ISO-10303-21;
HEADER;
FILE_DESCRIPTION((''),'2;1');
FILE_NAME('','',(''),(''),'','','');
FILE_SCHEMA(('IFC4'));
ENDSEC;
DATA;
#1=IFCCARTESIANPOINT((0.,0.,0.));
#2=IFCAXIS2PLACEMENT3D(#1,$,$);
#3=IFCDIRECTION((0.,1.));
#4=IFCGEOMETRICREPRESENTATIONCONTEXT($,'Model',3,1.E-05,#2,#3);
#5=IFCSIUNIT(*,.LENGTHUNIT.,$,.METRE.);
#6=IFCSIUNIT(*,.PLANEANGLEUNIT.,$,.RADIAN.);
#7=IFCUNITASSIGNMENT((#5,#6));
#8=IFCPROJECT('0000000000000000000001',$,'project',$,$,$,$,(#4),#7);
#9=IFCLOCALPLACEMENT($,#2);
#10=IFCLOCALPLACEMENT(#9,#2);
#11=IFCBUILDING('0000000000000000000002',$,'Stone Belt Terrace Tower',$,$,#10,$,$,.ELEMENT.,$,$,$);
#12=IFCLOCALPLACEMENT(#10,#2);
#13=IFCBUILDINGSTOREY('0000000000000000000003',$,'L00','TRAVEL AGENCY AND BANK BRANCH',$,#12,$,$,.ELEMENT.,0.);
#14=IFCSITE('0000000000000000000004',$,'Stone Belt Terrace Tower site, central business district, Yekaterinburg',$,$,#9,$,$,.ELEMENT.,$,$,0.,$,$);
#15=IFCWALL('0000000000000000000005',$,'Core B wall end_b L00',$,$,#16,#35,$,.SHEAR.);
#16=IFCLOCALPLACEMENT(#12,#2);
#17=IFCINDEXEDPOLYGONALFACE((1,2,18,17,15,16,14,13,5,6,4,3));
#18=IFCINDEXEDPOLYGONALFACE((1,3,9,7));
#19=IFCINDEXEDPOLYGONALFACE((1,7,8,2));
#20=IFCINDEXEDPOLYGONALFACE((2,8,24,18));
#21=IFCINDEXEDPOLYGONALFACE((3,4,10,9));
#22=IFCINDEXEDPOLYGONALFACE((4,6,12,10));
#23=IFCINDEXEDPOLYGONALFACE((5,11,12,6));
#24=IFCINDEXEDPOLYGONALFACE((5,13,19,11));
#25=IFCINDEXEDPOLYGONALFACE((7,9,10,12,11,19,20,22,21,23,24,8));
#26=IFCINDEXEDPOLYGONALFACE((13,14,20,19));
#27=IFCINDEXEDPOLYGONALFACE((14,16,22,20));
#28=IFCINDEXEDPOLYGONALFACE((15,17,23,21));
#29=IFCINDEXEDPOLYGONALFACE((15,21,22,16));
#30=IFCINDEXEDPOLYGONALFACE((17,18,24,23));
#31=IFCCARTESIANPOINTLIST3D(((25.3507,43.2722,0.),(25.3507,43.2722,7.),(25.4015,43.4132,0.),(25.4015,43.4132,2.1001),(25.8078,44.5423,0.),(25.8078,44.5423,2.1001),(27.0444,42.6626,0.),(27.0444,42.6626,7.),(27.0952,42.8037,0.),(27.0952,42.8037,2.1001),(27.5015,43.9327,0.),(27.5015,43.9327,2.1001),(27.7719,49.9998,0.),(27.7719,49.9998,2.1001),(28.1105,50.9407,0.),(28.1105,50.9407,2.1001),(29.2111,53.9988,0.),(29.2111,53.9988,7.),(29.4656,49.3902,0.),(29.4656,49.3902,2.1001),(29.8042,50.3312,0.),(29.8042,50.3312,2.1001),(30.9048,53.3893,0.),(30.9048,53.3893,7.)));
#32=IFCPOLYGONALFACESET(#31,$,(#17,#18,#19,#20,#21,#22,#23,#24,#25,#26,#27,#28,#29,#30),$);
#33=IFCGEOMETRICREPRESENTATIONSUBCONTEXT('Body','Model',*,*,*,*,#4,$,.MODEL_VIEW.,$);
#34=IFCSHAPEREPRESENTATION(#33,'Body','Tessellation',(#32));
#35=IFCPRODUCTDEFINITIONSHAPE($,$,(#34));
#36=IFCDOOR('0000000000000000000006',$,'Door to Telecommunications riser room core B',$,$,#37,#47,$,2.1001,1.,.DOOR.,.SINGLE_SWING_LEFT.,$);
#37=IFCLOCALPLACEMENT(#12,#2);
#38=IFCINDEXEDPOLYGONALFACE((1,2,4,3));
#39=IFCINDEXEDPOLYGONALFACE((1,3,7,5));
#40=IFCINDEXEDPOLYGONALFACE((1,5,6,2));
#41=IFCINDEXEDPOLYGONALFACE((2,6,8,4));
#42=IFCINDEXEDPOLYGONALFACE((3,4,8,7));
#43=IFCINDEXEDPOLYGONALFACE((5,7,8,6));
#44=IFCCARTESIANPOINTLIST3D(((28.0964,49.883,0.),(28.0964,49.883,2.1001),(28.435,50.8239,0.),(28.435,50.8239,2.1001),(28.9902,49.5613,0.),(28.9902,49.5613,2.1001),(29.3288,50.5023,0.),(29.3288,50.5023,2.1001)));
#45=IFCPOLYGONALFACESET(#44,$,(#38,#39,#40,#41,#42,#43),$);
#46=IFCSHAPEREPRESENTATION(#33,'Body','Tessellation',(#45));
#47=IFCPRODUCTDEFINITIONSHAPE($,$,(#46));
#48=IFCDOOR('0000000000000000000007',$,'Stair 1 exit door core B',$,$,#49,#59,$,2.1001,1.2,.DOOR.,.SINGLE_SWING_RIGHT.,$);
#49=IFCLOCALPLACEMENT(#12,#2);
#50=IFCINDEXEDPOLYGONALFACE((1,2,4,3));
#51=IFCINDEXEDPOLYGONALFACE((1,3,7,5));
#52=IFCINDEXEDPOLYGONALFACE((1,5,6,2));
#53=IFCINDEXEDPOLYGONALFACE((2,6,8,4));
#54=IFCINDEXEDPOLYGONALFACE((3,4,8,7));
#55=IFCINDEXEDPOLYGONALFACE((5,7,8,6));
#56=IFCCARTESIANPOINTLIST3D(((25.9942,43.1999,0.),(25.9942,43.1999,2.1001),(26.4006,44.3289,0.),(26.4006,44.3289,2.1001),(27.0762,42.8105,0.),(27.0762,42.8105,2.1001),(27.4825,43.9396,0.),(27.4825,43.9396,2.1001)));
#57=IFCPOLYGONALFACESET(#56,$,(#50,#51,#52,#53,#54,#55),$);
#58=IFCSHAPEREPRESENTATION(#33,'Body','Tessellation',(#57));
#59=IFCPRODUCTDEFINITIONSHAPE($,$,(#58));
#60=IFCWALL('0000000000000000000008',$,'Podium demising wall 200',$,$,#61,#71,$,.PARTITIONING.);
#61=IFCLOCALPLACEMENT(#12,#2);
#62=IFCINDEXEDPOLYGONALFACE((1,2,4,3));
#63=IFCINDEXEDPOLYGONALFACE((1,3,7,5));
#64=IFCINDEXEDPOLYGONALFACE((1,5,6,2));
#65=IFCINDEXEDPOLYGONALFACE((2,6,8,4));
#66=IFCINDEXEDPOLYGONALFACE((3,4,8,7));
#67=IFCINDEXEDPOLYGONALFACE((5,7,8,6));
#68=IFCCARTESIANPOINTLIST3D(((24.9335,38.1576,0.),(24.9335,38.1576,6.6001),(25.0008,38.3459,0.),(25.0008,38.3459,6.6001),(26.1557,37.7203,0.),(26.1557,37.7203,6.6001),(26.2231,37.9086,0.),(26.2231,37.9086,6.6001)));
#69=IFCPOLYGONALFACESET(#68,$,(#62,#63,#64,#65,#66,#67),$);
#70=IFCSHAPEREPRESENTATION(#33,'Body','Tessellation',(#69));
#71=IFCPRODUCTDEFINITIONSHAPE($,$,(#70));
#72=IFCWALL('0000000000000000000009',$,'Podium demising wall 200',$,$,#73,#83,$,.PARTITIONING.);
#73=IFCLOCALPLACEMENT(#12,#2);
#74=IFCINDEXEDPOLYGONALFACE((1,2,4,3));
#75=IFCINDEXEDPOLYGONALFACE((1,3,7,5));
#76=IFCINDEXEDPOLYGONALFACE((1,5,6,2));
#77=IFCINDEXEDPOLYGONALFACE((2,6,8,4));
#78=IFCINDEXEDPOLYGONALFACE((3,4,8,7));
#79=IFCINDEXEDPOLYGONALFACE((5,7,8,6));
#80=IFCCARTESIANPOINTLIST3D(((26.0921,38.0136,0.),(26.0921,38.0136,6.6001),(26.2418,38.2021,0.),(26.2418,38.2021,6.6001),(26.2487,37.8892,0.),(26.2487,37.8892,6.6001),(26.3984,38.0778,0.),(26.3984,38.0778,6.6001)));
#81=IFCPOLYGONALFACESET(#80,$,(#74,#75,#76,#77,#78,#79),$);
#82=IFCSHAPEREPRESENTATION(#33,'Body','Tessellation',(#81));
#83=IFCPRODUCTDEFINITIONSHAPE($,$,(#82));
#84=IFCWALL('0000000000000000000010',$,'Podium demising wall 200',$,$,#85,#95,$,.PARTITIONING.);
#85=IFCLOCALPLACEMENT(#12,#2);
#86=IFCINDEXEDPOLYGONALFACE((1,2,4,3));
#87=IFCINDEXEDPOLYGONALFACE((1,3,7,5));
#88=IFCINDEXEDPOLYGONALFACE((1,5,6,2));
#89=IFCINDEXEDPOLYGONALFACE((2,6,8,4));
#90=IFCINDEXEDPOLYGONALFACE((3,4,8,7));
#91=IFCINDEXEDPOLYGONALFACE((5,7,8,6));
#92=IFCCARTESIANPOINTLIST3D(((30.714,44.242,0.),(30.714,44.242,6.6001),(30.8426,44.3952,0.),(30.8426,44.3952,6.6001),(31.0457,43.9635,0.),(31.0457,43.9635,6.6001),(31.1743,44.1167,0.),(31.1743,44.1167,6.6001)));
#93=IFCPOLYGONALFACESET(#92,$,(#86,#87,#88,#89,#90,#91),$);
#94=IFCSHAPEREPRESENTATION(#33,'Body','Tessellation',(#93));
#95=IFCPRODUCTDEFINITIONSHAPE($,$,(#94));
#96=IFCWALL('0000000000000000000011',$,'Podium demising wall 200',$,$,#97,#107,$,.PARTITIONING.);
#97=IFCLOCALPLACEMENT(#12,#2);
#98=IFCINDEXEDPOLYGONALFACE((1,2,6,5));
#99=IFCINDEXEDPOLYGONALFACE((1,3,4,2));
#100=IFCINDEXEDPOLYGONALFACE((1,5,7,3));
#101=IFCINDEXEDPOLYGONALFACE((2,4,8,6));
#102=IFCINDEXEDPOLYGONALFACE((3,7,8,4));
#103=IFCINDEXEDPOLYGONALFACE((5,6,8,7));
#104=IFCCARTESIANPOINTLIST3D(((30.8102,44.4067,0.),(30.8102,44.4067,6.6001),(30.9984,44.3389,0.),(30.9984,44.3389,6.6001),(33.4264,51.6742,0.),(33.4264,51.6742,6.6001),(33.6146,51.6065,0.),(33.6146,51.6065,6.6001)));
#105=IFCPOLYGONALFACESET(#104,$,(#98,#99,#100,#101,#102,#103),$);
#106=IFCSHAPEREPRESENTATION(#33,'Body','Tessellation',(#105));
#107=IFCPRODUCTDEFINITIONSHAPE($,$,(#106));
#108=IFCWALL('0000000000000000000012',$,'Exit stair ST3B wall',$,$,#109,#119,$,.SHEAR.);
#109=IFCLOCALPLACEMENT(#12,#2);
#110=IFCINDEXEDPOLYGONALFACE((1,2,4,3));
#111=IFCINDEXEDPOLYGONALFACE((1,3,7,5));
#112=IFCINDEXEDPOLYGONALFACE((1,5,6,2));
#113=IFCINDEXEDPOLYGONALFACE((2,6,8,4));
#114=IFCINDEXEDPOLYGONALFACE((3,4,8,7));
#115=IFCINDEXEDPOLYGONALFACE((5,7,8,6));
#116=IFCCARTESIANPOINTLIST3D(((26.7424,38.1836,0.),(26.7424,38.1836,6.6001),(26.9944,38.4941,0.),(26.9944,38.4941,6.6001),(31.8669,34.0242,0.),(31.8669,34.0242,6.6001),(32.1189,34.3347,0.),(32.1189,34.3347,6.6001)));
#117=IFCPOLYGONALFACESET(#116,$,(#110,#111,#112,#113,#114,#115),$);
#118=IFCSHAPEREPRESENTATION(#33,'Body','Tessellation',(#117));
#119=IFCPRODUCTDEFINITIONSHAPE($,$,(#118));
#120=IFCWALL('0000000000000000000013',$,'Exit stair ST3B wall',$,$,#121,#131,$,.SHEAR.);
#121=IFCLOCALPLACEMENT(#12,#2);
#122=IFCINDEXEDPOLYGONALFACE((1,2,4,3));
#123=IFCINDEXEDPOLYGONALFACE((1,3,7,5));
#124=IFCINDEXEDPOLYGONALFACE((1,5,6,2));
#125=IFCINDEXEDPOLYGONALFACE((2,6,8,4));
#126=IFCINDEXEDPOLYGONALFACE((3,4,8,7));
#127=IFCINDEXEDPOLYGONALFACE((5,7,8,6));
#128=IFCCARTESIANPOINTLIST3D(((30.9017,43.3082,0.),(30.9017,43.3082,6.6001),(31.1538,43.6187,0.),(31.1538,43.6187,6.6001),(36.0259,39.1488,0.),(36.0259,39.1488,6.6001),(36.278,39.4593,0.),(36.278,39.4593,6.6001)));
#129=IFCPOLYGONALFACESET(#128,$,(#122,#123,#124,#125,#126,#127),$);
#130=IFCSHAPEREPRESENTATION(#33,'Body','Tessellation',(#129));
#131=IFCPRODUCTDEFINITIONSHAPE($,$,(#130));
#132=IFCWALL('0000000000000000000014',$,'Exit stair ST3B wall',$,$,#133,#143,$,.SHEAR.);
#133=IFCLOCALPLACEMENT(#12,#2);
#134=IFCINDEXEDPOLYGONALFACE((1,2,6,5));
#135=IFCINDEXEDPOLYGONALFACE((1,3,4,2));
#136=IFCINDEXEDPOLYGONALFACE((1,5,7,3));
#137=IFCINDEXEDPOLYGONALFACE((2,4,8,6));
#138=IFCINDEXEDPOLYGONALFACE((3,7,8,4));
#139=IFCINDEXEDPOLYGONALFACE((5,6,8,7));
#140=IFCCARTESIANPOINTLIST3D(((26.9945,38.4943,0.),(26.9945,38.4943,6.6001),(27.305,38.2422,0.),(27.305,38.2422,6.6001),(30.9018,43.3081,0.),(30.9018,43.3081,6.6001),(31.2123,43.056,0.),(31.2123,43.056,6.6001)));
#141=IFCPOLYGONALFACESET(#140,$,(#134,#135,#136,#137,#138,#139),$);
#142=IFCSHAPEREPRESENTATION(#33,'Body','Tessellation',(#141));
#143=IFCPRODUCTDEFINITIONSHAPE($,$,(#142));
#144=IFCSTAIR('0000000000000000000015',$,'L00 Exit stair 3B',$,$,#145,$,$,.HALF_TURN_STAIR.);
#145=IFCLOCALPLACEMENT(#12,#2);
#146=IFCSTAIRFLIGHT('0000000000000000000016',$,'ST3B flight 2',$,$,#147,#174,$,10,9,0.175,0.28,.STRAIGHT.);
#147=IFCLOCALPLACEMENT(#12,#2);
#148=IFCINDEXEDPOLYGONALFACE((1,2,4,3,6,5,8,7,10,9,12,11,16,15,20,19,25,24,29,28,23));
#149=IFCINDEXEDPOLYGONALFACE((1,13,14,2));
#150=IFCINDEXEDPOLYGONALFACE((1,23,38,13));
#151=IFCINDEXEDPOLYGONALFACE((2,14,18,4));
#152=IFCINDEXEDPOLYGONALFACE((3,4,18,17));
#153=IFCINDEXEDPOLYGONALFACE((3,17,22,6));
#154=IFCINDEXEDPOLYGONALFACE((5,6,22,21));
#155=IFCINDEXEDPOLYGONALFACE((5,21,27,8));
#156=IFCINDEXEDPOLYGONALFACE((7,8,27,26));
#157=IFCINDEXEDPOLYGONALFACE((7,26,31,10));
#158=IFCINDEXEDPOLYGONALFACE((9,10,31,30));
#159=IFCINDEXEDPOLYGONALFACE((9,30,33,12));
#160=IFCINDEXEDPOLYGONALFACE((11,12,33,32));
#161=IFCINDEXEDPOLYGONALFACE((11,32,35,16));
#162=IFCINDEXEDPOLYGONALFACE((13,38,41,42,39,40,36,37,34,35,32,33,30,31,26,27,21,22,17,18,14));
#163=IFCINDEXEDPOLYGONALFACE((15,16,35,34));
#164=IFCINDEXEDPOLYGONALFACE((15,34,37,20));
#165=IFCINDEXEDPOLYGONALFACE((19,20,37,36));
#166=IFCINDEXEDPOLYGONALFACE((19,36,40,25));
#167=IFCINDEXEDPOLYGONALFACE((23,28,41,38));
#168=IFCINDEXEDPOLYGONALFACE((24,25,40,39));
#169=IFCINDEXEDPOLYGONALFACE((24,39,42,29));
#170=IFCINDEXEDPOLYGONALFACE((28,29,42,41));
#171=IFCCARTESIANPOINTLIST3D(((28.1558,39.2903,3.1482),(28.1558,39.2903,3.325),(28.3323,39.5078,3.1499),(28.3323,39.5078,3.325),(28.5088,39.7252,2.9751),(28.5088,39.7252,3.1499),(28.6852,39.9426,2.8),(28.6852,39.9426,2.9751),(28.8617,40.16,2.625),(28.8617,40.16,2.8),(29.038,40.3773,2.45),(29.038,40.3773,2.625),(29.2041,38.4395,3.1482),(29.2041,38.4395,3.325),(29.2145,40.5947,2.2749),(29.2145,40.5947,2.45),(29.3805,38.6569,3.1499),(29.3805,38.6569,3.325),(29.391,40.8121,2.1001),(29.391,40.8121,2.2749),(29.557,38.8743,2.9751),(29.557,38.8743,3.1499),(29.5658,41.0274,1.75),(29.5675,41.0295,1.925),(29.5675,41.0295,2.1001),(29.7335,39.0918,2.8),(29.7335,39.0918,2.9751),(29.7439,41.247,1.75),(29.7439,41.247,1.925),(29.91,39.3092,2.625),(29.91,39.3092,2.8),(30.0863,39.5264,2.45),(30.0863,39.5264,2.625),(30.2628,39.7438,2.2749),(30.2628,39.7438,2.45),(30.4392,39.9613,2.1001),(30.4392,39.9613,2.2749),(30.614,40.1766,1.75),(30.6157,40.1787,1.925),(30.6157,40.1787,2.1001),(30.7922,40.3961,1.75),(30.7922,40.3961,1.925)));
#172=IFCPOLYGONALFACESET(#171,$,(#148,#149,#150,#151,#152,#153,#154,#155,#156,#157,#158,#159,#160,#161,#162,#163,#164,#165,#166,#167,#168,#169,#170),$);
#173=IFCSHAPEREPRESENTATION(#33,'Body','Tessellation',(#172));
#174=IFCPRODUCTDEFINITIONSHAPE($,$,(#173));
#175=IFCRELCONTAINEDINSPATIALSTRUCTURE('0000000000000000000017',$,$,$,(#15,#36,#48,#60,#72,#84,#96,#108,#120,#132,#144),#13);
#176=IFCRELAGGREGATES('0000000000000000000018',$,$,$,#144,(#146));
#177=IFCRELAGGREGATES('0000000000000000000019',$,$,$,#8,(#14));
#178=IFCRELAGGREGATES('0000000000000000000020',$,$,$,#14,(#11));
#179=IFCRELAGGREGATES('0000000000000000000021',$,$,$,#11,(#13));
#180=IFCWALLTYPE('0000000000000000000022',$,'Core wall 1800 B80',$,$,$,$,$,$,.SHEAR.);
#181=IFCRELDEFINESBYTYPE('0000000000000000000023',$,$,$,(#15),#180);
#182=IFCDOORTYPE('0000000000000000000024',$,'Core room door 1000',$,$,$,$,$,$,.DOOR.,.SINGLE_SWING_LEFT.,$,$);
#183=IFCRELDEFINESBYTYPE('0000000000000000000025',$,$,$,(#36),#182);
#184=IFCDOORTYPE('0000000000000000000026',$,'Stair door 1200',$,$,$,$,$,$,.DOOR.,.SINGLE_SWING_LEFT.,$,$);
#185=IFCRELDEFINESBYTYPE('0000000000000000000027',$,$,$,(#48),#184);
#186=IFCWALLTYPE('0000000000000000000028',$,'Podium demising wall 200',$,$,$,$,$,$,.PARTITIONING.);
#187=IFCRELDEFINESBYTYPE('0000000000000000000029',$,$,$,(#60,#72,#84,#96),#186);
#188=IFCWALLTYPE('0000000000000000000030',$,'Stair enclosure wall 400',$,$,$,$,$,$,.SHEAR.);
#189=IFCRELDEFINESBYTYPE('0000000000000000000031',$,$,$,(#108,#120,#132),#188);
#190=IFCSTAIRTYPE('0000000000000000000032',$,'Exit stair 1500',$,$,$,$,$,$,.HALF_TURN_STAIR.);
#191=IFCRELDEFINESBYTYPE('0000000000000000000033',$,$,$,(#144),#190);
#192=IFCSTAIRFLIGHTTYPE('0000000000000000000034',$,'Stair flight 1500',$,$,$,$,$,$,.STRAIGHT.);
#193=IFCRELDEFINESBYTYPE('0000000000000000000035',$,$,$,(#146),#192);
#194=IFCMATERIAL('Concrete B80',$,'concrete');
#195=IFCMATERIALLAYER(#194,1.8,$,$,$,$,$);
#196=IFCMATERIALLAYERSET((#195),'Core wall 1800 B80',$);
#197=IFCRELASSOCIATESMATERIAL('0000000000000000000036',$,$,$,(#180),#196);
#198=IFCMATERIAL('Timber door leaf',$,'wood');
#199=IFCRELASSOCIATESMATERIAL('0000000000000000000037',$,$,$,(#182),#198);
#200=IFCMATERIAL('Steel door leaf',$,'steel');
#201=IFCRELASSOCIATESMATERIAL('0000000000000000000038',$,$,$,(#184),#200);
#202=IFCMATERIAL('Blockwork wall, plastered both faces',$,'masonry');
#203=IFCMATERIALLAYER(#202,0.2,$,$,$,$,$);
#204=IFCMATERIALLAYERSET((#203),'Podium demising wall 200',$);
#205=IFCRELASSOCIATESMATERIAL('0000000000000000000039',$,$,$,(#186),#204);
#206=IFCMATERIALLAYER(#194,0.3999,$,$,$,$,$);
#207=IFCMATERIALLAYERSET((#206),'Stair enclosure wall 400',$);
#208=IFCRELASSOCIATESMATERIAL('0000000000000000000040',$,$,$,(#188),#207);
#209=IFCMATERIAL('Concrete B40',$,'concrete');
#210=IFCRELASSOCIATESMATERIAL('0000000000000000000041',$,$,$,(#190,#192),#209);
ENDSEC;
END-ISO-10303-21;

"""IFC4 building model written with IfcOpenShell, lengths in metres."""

from ifc_helpers import new_model, si_unit, direction, frame, frame_2d, origin, place, context, subcontext, project, spatial, polyline, rectangle, outline, extrude, material, layer, layer_set, type_object, element, fill, aggregate, save


model = new_model("IFC4")

# Units and contexts
model_context = context("Model", 3, precision=1e-05, world=origin(), true_north=direction((0.0, 1.0)))
body_context = subcontext(model_context, "Body", "Model", "MODEL_VIEW")
ifc_project = project(units=[si_unit("LENGTHUNIT", "METRE"), si_unit("PLANEANGLEUNIT", "RADIAN")], contexts=[model_context])

# Site, building, storey
site_placement = place(None, origin())
site = spatial("IfcSite", under=ifc_project, at=site_placement, Name="Stone Belt Terrace Tower site, central business district, Yekaterinburg", CompositionType="ELEMENT", RefElevation=0.0)
building_placement = place(site_placement, origin())
building = spatial("IfcBuilding", under=site, at=building_placement, Name="Stone Belt Terrace Tower", CompositionType="ELEMENT")
storey_placement = place(building_placement, origin())
storey = spatial("IfcBuildingStorey", under=building, at=storey_placement, Name="L00", Description="TRAVEL AGENCY AND BANK BRANCH", CompositionType="ELEMENT", Elevation=0.0)

# Wall, openings, doors
ifc_material_1 = material(Name="Concrete B80", Category="concrete")
ifc_layer_1 = layer(ifc_material_1, 1.8)
ifc_layer_set_1 = layer_set([ifc_layer_1], Name="Core wall 1800 B80")
wall_type_1 = type_object("IfcWallType", Name="Core wall 1800 B80", PredefinedType="SHEAR", material=ifc_layer_set_1)
wall_1_placement = place(storey_placement, frame((26.1975, 42.9673, 0.0), z_axis=(0.0, 0.0, 1.0), x_axis=(0.338625, 0.940921, 0.0)))
wall_1 = element("IfcWall", 1, at=wall_1_placement, inside=storey, type_object=wall_type_1, Name="Core B wall end_b L00", PredefinedType="SHEAR", context=body_context, shape_type="SweptSolid", body=[
    extrude(rectangle(XDim=11.4001, YDim=1.8, at=frame_2d((5.7002, 0.0))), origin(), (0.0, 0.0, 1.0), 7.0),
])
opening_1_placement = place(wall_1_placement, frame((7.1501, 0.0, 0.0)))
opening_1 = element("IfcOpeningElement", 2, at=opening_1_placement, cuts=wall_1, PredefinedType="OPENING", context=body_context, shape_type="SweptSolid", body=[
    extrude(rectangle(XDim=1.0, YDim=2.1001, at=frame_2d((0.5, 1.05))), frame((0.0, 0.9099, 0.0), z_axis=(0.0, -1.0, 0.0), x_axis=(1.0, 0.0, 0.0)), (0.0, 0.0, 1.0), 1.8201),
])
opening_2_placement = place(wall_1_placement, frame((0.1499, 0.0, 0.0)))
opening_2 = element("IfcOpeningElement", 3, at=opening_2_placement, cuts=wall_1, PredefinedType="OPENING", context=body_context, shape_type="SweptSolid", body=[
    extrude(rectangle(XDim=1.2, YDim=2.1001, at=frame_2d((0.6001, 1.05))), frame((0.0, 0.9099, 0.0), z_axis=(0.0, -1.0, 0.0), x_axis=(1.0, 0.0, 0.0)), (0.0, 0.0, 1.0), 1.8201),
])
ifc_material_2 = material(Name="Timber door leaf", Category="wood")
door_type_1 = type_object("IfcDoorType", Name="Core room door 1000", OperationType="SINGLE_SWING_LEFT", PredefinedType="DOOR", material=ifc_material_2)
door_1_placement = place(opening_1_placement, origin())
door_1 = element("IfcDoor", 4, at=door_1_placement, inside=storey, type_object=door_type_1, Name="Door to Telecommunications riser room core B", OperationType="SINGLE_SWING_LEFT", OverallHeight=2.1001, OverallWidth=1.0, PredefinedType="DOOR", context=body_context, shape_type="SweptSolid", body=[
    extrude(rectangle(XDim=1.0, YDim=2.1001, at=frame_2d((0.5, 1.05))), frame((0.0, 0.5552, 0.0), z_axis=(0.0, -1.0, 0.0), x_axis=(1.0, 0.0, 0.0)), (0.0, 0.0, 1.0), 0.95),
])
fill(opening_1, door_1)
ifc_material_3 = material(Name="Steel door leaf", Category="steel")
door_type_2 = type_object("IfcDoorType", Name="Stair door 1200", OperationType="SINGLE_SWING_LEFT", PredefinedType="DOOR", material=ifc_material_3)
door_2_placement = place(opening_2_placement, origin())
door_2 = element("IfcDoor", 5, at=door_2_placement, inside=storey, type_object=door_type_2, Name="Stair 1 exit door core B", OperationType="SINGLE_SWING_RIGHT", OverallHeight=2.1001, OverallWidth=1.2, PredefinedType="DOOR", context=body_context, shape_type="SweptSolid", body=[
    extrude(rectangle(XDim=1.2, YDim=2.1001, at=frame_2d((0.6001, 1.05))), frame((0.0, 0.27, 0.0), z_axis=(0.0, -1.0, 0.0), x_axis=(1.0, 0.0, 0.0)), (0.0, 0.0, 1.0), 1.1499),
])
fill(opening_2, door_2)

# Walls
ifc_material_4 = material(Name="Blockwork wall, plastered both faces", Category="masonry")
ifc_layer_2 = layer(ifc_material_4, 0.2)
ifc_layer_set_2 = layer_set([ifc_layer_2], Name="Podium demising wall 200")
wall_type_2 = type_object("IfcWallType", Name="Podium demising wall 200", PredefinedType="PARTITIONING", material=ifc_layer_set_2)
wall_2_placement = place(storey_placement, frame((24.9673, 38.2517, 0.0), z_axis=(0.0, 0.0, 1.0), x_axis=(0.941555, -0.336861, 0.0)))
element("IfcWall", 6, at=wall_2_placement, inside=storey, type_object=wall_type_2, Name="Podium demising wall 200", PredefinedType="PARTITIONING", context=body_context, shape_type="SweptSolid", body=[
    extrude(rectangle(XDim=1.2981, YDim=0.2, at=frame_2d((0.6489, 0.0))), origin(), (0.0, 0.0, 1.0), 6.6001),
])
wall_3_placement = place(storey_placement, frame((26.1704, 37.9514, 0.0), z_axis=(0.0, 0.0, 1.0), x_axis=(0.621846, 0.78314, 0.0)))
element("IfcWall", 7, at=wall_3_placement, inside=storey, type_object=wall_type_2, Name="Podium demising wall 200", PredefinedType="PARTITIONING", context=body_context, shape_type="SweptSolid", body=[
    extrude(rectangle(XDim=0.2407, YDim=0.2, at=frame_2d((0.1204, 0.0))), origin(), (0.0, 0.0, 1.0), 6.6001),
])
wall_4_placement = place(storey_placement, frame((30.7783, 44.3186, 0.0), z_axis=(0.0, 0.0, 1.0), x_axis=(0.76586, -0.643007, 0.0)))
element("IfcWall", 8, at=wall_4_placement, inside=storey, type_object=wall_type_2, Name="Podium demising wall 200", PredefinedType="PARTITIONING", context=body_context, shape_type="SweptSolid", body=[
    extrude(rectangle(XDim=0.4331, YDim=0.2, at=frame_2d((0.2166, 0.0))), origin(), (0.0, 0.0, 1.0), 6.6001),
])
wall_5_placement = place(storey_placement, frame((30.9043, 44.3728, 0.0), z_axis=(0.0, 0.0, 1.0), x_axis=(0.338706, 0.940892, 0.0)))
element("IfcWall", 9, at=wall_5_placement, inside=storey, type_object=wall_type_2, Name="Podium demising wall 200", PredefinedType="PARTITIONING", context=body_context, shape_type="SweptSolid", body=[
    extrude(rectangle(XDim=7.7241, YDim=0.2, at=frame_2d((3.8621, 0.0))), origin(), (0.0, 0.0, 1.0), 6.6001),
])
ifc_layer_3 = layer(ifc_material_1, 0.3999)
ifc_layer_set_3 = layer_set([ifc_layer_3], Name="Stair enclosure wall 400")
wall_type_3 = type_object("IfcWallType", Name="Stair enclosure wall 400", PredefinedType="SHEAR", material=ifc_layer_set_3)
wall_6_placement = place(storey_placement, frame((26.8684, 38.3389, 0.0), z_axis=(0.0, 0.0, 1.0), x_axis=(0.776428, -0.630205, 0.0)))
element("IfcWall", 10, at=wall_6_placement, inside=storey, type_object=wall_type_3, Name="Exit stair ST3B wall", PredefinedType="SHEAR", context=body_context, shape_type="SweptSolid", body=[
    extrude(rectangle(XDim=6.6001, YDim=0.3999, at=frame_2d((3.3, 0.0))), origin(), (0.0, 0.0, 1.0), 6.6001),
])
wall_7_placement = place(storey_placement, frame((31.0278, 43.4634, 0.0), z_axis=(0.0, 0.0, 1.0), x_axis=(0.776414, -0.630224, 0.0)))
element("IfcWall", 11, at=wall_7_placement, inside=storey, type_object=wall_type_3, Name="Exit stair ST3B wall", PredefinedType="SHEAR", context=body_context, shape_type="SweptSolid", body=[
    extrude(rectangle(XDim=6.5999, YDim=0.3999, at=frame_2d((3.2998, 0.0))), origin(), (0.0, 0.0, 1.0), 6.6001),
])
wall_8_placement = place(storey_placement, frame((27.1497, 38.3682, 0.0), z_axis=(0.0, 0.0, 1.0), x_axis=(0.630212, 0.776423, 0.0)))
element("IfcWall", 12, at=wall_8_placement, inside=storey, type_object=wall_type_3, Name="Exit stair ST3B wall", PredefinedType="SHEAR", context=body_context, shape_type="SweptSolid", body=[
    extrude(rectangle(XDim=6.2, YDim=0.3999, at=frame_2d((3.1001, 0.0))), origin(), (0.0, 0.0, 1.0), 6.6001),
])

# Stair, stair flight
ifc_material_5 = material(Name="Concrete B40", Category="concrete")
stair_type = type_object("IfcStairType", Name="Exit stair 1500", PredefinedType="HALF_TURN_STAIR", material=ifc_material_5)
stair_placement = place(storey_placement, origin())
stair = element("IfcStair", 13, at=stair_placement, inside=storey, type_object=stair_type, Name="L00 Exit stair 3B", PredefinedType="HALF_TURN_STAIR")
stair_flight_type = type_object("IfcStairFlightType", Name="Stair flight 1500", PredefinedType="STRAIGHT", material=ifc_material_5)
stair_flight_1_placement = place(storey_placement, frame((30.2681, 40.8215, 1.75), z_axis=(0.0, 0.0, 1.0), x_axis=(-0.630206, -0.776428, 0.0)))
stair_flight_1 = element("IfcStairFlight", 14, at=stair_flight_1_placement, type_object=stair_flight_type, Name="ST3B flight 2", NumberOfRisers=10, NumberOfTreads=9, PredefinedType="STRAIGHT", RiserHeight=0.175, TreadLength=0.28, context=body_context, shape_type="SweptSolid", body=[
    extrude(outline(polyline([(0.0, 0.0), (0.0, 0.175), (0.28, 0.175), (0.28, 0.3501), (0.5601, 0.3501), (0.5601, 0.5249), (0.8401, 0.5249), (0.8401, 0.7), (1.1201, 0.7), (1.1201, 0.875), (1.3999, 0.875), (1.3999, 1.05), (1.6799, 1.05), (1.6799, 1.2251), (1.96, 1.2251), (1.96, 1.3999), (2.24, 1.3999), (2.24, 1.575), (2.52, 1.575), (2.52, 1.75), (2.52, 1.3982), (0.2827, 0.0), (0.0, 0.0)])), frame((0.0, 0.675, 0.0), z_axis=(0.0, -1.0, 0.0), x_axis=(1.0, 0.0, 0.0)), (0.0, 0.0, 1.0), 1.3501),
])
aggregate(stair, [stair_flight_1])

save(model, "model.ifc")
